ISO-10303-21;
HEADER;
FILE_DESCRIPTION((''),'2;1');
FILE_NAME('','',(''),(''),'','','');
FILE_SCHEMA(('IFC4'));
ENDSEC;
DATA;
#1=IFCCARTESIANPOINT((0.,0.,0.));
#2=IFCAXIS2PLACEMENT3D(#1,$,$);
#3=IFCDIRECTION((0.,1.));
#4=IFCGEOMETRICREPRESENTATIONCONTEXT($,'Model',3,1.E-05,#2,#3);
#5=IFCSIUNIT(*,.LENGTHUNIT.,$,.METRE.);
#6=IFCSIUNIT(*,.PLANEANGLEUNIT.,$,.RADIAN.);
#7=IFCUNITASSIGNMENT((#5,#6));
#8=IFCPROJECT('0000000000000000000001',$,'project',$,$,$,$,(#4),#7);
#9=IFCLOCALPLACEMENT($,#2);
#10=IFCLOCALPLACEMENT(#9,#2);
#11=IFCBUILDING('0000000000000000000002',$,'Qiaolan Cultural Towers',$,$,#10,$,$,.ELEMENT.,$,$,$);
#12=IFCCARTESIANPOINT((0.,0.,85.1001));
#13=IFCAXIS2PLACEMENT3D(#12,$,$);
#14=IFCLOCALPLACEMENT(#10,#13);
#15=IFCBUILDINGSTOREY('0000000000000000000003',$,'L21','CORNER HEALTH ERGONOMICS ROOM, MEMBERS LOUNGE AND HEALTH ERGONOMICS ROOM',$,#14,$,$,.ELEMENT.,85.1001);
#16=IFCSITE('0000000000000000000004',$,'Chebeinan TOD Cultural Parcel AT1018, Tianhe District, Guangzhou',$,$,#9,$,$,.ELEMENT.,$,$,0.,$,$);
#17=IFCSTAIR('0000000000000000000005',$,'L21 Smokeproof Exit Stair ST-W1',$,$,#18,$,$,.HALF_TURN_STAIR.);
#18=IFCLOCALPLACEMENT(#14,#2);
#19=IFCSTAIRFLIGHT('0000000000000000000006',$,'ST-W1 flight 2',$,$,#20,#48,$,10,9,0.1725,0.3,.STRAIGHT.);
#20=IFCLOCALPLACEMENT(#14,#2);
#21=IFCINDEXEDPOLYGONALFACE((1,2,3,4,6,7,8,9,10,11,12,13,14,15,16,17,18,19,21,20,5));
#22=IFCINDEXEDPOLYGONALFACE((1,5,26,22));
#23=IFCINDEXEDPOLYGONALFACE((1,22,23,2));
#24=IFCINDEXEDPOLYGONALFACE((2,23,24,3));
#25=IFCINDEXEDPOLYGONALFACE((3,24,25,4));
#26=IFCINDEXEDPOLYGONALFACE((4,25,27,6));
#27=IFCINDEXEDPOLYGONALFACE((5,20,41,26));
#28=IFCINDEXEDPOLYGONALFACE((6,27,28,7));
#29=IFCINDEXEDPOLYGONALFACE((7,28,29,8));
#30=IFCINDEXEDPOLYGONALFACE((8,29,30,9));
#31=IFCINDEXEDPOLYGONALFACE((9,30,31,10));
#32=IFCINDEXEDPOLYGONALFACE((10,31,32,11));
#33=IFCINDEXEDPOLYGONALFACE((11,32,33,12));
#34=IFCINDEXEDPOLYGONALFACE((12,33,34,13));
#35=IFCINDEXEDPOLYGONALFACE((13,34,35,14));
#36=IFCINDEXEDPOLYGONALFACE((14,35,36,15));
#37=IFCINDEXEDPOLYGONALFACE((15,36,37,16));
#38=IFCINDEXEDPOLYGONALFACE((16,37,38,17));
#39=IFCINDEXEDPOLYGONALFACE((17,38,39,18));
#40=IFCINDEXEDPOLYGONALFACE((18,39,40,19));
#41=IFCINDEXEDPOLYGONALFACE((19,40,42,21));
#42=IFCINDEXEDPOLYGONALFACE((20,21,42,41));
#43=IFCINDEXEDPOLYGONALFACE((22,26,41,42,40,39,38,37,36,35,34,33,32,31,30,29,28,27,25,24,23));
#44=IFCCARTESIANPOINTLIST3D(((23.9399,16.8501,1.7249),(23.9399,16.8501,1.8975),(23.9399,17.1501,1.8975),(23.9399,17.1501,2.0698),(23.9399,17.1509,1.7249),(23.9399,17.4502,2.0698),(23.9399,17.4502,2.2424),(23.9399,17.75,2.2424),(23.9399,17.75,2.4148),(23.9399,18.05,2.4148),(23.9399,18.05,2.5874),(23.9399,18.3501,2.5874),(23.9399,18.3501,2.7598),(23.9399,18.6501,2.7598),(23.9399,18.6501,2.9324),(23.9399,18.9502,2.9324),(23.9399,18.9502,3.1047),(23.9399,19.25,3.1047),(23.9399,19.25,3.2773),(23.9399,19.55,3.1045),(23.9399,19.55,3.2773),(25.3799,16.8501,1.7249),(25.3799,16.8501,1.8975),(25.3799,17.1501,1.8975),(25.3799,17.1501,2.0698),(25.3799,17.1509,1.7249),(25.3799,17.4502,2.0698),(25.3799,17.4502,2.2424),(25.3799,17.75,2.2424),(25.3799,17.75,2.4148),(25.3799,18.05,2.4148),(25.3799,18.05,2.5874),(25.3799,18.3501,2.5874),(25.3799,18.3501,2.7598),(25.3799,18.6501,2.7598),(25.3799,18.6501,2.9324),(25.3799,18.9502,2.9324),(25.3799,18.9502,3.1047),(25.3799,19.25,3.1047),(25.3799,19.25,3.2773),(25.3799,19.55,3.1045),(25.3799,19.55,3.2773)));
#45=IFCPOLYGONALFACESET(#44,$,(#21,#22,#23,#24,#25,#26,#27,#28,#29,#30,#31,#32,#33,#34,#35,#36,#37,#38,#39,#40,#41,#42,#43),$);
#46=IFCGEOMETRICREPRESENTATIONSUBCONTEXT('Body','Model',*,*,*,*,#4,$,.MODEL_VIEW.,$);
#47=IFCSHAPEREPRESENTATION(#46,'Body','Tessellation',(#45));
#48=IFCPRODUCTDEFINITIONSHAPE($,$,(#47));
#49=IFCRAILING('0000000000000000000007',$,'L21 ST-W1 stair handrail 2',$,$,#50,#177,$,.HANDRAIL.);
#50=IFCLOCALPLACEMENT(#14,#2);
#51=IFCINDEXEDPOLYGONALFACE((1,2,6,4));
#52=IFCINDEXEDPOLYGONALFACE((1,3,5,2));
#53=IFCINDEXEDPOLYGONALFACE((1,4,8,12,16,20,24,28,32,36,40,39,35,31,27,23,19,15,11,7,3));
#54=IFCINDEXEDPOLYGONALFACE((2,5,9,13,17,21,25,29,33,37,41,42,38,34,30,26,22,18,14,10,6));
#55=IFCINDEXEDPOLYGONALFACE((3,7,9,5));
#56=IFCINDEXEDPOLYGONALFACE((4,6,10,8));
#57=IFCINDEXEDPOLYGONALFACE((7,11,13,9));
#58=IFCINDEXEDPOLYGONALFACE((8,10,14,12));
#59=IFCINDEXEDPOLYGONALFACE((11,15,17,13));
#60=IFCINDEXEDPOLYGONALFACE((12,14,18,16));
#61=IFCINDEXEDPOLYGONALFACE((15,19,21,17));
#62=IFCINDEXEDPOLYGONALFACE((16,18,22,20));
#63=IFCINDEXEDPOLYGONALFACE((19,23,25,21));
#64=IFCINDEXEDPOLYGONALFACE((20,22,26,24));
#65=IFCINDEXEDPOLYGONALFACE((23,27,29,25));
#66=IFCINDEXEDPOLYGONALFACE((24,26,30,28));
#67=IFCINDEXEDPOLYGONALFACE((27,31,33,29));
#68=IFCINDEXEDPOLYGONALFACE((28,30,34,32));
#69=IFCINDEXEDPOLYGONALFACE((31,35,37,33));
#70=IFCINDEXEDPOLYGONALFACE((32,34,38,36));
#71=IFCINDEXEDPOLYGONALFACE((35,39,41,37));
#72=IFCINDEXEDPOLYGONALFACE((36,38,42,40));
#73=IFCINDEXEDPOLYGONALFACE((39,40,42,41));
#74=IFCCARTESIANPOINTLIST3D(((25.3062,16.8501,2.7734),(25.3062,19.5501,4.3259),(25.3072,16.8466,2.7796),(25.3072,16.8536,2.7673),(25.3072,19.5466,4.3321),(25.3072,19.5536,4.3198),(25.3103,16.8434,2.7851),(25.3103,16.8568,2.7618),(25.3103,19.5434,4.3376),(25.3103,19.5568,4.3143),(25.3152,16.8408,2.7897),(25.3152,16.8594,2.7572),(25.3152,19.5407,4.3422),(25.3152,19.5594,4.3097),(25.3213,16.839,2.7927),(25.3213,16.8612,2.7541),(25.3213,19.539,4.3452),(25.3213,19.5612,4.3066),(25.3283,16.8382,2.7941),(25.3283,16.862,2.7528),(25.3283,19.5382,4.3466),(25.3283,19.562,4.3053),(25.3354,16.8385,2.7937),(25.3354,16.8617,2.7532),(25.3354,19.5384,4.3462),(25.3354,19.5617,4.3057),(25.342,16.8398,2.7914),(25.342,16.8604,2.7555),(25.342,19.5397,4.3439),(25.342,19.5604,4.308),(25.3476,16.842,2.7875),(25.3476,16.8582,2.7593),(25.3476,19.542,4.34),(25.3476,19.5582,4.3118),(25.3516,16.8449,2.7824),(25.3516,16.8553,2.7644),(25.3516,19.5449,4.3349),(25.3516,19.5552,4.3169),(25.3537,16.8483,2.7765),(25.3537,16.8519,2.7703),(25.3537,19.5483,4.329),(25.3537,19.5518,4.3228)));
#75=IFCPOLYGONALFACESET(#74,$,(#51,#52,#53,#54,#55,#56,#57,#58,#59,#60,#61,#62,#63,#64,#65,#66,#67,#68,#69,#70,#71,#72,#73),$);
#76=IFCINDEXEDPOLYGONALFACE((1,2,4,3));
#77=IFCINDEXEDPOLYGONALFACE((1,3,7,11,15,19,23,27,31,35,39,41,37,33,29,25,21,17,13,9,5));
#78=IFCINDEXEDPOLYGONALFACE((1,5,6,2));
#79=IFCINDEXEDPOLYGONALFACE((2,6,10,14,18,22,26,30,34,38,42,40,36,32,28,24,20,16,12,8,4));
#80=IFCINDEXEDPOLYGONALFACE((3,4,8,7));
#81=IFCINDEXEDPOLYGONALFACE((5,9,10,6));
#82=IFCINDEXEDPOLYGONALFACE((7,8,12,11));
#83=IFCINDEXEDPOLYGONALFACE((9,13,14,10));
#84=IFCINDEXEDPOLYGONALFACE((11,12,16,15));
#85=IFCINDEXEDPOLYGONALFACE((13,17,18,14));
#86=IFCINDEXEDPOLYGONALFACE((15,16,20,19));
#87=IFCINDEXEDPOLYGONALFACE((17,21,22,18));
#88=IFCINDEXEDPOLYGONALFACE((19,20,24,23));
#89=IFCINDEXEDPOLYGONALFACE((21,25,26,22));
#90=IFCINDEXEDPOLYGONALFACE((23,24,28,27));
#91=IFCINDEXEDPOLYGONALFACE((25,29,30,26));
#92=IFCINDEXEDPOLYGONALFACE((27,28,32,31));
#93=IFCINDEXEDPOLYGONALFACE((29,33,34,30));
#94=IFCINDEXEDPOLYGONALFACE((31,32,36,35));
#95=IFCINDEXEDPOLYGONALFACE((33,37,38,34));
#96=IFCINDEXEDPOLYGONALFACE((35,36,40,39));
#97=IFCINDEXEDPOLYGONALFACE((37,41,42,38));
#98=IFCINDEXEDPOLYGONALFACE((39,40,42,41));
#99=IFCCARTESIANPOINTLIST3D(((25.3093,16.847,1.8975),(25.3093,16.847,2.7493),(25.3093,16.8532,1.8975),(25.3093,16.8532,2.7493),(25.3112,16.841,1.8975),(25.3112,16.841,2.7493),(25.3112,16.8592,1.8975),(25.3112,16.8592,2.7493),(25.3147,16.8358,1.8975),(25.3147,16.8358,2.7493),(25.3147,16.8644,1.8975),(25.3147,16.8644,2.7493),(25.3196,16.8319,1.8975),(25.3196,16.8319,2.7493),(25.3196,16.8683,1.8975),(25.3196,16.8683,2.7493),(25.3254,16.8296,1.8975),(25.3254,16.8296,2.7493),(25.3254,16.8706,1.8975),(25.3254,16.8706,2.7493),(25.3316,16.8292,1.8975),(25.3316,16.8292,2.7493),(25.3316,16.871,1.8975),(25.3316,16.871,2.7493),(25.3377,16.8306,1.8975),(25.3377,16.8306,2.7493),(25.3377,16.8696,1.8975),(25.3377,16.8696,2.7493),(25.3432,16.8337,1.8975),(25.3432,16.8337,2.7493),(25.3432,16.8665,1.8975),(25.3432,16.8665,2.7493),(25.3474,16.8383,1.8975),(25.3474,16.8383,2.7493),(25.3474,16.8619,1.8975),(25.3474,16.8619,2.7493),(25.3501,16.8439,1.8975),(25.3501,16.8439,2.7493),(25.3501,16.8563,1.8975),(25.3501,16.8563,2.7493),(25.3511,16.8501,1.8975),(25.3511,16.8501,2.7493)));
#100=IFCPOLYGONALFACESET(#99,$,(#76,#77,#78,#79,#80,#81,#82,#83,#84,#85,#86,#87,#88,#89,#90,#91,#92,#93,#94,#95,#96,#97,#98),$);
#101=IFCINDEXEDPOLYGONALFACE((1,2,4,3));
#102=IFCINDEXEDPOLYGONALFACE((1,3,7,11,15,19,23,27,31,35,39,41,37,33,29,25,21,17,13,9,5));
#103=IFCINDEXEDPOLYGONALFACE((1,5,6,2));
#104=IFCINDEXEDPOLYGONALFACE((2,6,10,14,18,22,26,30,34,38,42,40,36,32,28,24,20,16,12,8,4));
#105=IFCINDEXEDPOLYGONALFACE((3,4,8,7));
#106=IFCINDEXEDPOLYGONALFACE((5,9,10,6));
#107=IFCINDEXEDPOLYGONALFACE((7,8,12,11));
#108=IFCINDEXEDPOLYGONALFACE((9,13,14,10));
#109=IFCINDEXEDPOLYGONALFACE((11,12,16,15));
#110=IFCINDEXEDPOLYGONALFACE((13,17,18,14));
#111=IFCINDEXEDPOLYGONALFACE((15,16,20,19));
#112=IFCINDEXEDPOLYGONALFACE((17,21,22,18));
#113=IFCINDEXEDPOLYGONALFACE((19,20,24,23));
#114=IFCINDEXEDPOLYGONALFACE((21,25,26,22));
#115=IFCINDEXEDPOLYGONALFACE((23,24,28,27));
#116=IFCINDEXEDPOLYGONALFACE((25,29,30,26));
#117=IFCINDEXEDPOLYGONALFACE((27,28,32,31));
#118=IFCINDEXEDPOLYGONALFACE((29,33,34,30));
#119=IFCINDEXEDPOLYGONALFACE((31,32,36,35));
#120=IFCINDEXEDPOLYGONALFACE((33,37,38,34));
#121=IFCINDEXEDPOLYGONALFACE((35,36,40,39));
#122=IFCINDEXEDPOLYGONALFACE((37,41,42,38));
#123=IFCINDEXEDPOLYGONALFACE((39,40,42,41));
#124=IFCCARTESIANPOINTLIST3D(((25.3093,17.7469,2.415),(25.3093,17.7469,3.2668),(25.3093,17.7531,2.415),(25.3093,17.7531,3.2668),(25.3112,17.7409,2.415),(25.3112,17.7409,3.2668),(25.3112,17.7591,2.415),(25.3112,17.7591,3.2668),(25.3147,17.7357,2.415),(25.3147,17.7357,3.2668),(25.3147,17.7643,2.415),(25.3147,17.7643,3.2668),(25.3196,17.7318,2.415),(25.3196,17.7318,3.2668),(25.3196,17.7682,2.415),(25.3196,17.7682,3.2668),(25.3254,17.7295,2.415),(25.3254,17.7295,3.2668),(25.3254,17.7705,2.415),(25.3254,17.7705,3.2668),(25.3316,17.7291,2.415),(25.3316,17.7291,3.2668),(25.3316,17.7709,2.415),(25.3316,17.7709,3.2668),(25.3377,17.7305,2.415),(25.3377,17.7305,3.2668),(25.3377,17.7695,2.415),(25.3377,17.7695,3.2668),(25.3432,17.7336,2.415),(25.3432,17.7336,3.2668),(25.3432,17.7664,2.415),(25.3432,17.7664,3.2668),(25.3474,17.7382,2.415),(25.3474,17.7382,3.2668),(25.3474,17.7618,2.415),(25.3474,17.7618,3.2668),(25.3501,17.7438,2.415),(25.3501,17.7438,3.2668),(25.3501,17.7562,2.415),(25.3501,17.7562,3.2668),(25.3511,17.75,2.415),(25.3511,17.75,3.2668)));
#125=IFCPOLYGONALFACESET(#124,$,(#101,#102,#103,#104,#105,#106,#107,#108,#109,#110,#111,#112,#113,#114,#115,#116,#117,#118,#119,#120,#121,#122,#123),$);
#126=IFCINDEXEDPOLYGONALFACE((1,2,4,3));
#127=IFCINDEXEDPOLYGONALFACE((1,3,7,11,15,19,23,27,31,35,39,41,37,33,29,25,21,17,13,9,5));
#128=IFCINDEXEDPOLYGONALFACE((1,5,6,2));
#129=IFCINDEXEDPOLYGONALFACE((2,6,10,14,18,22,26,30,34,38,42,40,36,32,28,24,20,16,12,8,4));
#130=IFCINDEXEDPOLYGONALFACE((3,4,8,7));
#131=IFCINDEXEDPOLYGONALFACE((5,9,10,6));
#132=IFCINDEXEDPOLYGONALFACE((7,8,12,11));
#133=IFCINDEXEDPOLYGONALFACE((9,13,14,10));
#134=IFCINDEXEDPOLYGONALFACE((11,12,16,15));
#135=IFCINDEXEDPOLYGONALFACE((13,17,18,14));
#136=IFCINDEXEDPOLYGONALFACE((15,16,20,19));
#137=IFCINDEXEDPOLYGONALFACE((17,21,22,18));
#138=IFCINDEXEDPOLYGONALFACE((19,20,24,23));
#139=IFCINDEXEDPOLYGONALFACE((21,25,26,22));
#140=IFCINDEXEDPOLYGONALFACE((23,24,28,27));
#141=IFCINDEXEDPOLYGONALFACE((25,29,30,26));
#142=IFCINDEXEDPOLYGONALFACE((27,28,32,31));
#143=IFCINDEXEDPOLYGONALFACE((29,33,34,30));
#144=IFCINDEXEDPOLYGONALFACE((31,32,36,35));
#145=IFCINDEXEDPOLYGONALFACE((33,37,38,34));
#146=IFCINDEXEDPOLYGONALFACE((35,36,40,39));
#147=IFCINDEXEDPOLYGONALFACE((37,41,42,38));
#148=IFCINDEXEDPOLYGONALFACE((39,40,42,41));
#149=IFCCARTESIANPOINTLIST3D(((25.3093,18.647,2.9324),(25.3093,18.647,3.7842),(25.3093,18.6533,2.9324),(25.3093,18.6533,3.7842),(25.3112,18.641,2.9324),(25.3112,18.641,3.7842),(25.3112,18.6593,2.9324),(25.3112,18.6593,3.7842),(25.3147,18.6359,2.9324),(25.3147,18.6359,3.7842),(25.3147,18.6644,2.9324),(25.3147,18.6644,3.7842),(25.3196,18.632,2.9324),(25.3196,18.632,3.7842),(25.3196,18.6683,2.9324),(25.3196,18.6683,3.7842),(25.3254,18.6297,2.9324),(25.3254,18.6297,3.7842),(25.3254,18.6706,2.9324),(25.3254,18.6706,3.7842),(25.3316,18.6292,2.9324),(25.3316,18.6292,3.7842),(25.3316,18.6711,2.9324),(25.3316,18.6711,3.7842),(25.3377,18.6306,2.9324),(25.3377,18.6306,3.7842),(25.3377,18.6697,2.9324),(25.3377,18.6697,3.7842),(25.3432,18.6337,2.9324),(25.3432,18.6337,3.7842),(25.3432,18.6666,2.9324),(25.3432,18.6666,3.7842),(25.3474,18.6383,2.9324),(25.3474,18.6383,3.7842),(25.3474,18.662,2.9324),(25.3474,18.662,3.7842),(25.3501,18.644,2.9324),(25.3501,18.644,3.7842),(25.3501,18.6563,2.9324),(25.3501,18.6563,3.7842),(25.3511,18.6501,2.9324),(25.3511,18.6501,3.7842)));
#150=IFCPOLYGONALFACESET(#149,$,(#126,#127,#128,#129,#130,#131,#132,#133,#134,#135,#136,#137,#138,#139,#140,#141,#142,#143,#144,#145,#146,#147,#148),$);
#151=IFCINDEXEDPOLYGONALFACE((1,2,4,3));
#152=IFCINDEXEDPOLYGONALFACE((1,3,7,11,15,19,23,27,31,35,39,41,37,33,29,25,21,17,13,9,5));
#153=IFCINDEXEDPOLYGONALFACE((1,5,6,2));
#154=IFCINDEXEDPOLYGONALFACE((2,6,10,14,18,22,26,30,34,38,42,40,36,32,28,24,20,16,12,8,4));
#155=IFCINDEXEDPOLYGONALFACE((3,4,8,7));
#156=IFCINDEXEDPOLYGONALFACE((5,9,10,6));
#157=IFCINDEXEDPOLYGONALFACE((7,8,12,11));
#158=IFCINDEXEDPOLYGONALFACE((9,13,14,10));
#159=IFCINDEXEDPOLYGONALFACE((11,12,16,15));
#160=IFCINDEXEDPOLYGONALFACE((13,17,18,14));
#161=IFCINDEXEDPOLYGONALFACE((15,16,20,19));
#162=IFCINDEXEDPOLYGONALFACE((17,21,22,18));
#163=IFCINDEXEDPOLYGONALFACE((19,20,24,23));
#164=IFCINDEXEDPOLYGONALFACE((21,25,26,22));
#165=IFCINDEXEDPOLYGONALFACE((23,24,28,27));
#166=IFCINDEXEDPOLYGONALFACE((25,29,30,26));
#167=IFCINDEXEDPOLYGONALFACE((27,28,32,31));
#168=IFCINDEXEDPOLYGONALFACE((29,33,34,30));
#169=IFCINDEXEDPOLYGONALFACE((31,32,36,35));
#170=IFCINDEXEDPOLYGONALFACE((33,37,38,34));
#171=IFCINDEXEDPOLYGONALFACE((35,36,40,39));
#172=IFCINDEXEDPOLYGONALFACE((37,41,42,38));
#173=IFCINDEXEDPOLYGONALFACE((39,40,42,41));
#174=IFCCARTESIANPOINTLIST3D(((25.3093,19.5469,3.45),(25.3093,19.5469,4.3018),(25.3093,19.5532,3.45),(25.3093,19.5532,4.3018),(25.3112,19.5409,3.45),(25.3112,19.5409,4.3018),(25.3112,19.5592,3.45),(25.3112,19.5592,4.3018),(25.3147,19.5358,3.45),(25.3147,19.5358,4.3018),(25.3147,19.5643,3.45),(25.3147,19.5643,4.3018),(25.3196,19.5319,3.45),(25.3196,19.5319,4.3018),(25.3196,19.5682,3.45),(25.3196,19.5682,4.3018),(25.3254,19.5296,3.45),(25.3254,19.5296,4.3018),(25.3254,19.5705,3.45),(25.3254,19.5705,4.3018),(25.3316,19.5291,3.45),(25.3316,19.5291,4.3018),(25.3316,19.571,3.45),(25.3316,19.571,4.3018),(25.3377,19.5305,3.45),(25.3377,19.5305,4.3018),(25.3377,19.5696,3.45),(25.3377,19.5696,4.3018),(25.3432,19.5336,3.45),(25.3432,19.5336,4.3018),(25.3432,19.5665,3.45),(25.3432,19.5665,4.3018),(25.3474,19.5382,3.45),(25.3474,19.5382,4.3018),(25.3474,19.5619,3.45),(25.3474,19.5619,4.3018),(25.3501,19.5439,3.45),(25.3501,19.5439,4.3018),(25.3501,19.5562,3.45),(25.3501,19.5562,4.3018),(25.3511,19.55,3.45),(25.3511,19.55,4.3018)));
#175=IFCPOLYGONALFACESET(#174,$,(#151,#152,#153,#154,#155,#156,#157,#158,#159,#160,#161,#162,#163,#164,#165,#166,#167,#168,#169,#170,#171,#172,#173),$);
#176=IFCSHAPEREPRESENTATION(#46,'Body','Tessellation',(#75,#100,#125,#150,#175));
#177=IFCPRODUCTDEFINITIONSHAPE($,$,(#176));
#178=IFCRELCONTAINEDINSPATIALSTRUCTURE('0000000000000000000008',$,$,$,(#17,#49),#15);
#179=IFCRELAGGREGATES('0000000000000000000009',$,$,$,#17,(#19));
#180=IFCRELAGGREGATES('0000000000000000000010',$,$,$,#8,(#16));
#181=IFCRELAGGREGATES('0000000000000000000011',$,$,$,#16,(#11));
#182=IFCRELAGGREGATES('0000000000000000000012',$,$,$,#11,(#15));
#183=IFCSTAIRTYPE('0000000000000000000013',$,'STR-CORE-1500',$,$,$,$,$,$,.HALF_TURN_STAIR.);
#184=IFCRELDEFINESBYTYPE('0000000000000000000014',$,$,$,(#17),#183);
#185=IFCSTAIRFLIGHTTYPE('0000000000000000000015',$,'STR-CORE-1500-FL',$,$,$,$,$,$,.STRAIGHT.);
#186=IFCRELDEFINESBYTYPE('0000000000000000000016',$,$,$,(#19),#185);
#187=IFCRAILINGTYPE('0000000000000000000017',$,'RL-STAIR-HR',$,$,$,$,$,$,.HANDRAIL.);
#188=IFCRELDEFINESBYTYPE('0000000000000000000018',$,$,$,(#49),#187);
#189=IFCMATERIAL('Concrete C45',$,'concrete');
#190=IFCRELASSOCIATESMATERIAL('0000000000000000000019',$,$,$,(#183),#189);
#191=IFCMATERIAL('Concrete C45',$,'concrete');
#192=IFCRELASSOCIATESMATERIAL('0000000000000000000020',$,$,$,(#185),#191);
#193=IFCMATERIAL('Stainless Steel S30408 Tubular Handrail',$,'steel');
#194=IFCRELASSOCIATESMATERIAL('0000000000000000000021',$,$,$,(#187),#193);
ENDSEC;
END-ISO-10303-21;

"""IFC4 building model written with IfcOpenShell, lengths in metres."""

from ifc_helpers import new_model, si_unit, direction, frame, origin, origin_2d, place, context, subcontext, project, spatial, polyline, circle, outline, extrude, material, type_object, element, aggregate, save


model = new_model("IFC4")

# Units and contexts
model_context = context("Model", 3, precision=1e-05, world=origin(), true_north=direction((0.0, 1.0)))
body_context = subcontext(model_context, "Body", "Model", "MODEL_VIEW")
ifc_project = project(units=[si_unit("LENGTHUNIT", "METRE"), si_unit("PLANEANGLEUNIT", "RADIAN")], contexts=[model_context])

# Site, building, storey
site_placement = place(None, origin())
site = spatial("IfcSite", under=ifc_project, at=site_placement, Name="Chebeinan TOD Cultural Parcel AT1018, Tianhe District, Guangzhou", CompositionType="ELEMENT", RefElevation=0.0)
building_placement = place(site_placement, origin())
building = spatial("IfcBuilding", under=site, at=building_placement, Name="Qiaolan Cultural Towers", CompositionType="ELEMENT")
storey_placement = place(building_placement, frame((0.0, 0.0, 85.1001)))
storey = spatial("IfcBuildingStorey", under=building, at=storey_placement, Name="L21", Description="CORNER HEALTH ERGONOMICS ROOM, MEMBERS LOUNGE AND HEALTH ERGONOMICS ROOM", CompositionType="ELEMENT", Elevation=85.1001)

# Stair, stair flight
ifc_material_1 = material(Name="Concrete C45", Category="concrete")
stair_type = type_object("IfcStairType", Name="STR-CORE-1500", PredefinedType="HALF_TURN_STAIR", material=ifc_material_1)
stair_placement = place(storey_placement, origin())
stair = element("IfcStair", 1, at=stair_placement, inside=storey, type_object=stair_type, Name="L21 Smokeproof Exit Stair ST-W1", PredefinedType="HALF_TURN_STAIR")
ifc_material_2 = material(Name="Concrete C45", Category="concrete")
stair_flight_type = type_object("IfcStairFlightType", Name="STR-CORE-1500-FL", PredefinedType="STRAIGHT", material=ifc_material_2)
stair_flight_placement = place(storey_placement, frame((24.6599, 16.8501, 1.7249), z_axis=(0.0, 0.0, 1.0), x_axis=(0.0, 1.0, 0.0)))
stair_flight = element("IfcStairFlight", 2, at=stair_flight_placement, type_object=stair_flight_type, Name="ST-W1 flight 2", NumberOfRisers=10, NumberOfTreads=9, PredefinedType="STRAIGHT", RiserHeight=0.1725, TreadLength=0.3, context=body_context, shape_type="SweptSolid", body=[
    extrude(outline(polyline([(0.0, 0.0), (0.0, 0.1726), (0.3, 0.1726), (0.3, 0.345), (0.6001, 0.345), (0.6001, 0.5176), (0.8999, 0.5176), (0.8999, 0.6899), (1.2, 0.6899), (1.2, 0.8625), (1.5, 0.8625), (1.5, 1.0349), (1.8, 1.0349), (1.8, 1.2075), (2.1001, 1.2075), (2.1001, 1.3799), (2.3999, 1.3799), (2.3999, 1.5525), (2.7, 1.5525), (2.7, 1.7251), (2.7, 1.3796), (0.3008, 0.0), (0.0, 0.0)])), frame((0.0, 0.72, 0.0), z_axis=(0.0, -1.0, 0.0), x_axis=(1.0, 0.0, 0.0)), (0.0, 0.0, 1.0), 1.4399),
])
aggregate(stair, [stair_flight])

# Railing
ifc_material_3 = material(Name="Stainless Steel S30408 Tubular Handrail", Category="steel")
railing_type = type_object("IfcRailingType", Name="RL-STAIR-HR", PredefinedType="HANDRAIL", material=ifc_material_3)
railing_placement = place(storey_placement, frame((25.3301, 16.8501, 1.8975)))
element("IfcRailing", 3, at=railing_placement, inside=storey, type_object=railing_type, Name="L21 ST-W1 stair handrail 2", PredefinedType="HANDRAIL", context=body_context, shape_type="SweptSolid", body=[
    extrude(circle(Radius=0.0239, at=origin_2d()), frame((0.0, 0.0, 0.876), z_axis=(0.0, 0.866904, 0.498476), x_axis=(-1.0, 0.0, 0.0)), (0.0, 0.0, 1.0), 3.1145),
    extrude(circle(Radius=0.021, at=origin_2d()), origin(), (0.0, 0.0, 1.0), 0.8518),
    extrude(circle(Radius=0.021, at=origin_2d()), frame((0.0, 0.8999, 0.5176)), (0.0, 0.0, 1.0), 0.8518),
    extrude(circle(Radius=0.021, at=origin_2d()), frame((0.0, 1.8, 1.0349)), (0.0, 0.0, 1.0), 0.8518),
    extrude(circle(Radius=0.021, at=origin_2d()), frame((0.0, 2.7, 1.5525)), (0.0, 0.0, 1.0), 0.8518),
])

save(model, "model.ifc")
